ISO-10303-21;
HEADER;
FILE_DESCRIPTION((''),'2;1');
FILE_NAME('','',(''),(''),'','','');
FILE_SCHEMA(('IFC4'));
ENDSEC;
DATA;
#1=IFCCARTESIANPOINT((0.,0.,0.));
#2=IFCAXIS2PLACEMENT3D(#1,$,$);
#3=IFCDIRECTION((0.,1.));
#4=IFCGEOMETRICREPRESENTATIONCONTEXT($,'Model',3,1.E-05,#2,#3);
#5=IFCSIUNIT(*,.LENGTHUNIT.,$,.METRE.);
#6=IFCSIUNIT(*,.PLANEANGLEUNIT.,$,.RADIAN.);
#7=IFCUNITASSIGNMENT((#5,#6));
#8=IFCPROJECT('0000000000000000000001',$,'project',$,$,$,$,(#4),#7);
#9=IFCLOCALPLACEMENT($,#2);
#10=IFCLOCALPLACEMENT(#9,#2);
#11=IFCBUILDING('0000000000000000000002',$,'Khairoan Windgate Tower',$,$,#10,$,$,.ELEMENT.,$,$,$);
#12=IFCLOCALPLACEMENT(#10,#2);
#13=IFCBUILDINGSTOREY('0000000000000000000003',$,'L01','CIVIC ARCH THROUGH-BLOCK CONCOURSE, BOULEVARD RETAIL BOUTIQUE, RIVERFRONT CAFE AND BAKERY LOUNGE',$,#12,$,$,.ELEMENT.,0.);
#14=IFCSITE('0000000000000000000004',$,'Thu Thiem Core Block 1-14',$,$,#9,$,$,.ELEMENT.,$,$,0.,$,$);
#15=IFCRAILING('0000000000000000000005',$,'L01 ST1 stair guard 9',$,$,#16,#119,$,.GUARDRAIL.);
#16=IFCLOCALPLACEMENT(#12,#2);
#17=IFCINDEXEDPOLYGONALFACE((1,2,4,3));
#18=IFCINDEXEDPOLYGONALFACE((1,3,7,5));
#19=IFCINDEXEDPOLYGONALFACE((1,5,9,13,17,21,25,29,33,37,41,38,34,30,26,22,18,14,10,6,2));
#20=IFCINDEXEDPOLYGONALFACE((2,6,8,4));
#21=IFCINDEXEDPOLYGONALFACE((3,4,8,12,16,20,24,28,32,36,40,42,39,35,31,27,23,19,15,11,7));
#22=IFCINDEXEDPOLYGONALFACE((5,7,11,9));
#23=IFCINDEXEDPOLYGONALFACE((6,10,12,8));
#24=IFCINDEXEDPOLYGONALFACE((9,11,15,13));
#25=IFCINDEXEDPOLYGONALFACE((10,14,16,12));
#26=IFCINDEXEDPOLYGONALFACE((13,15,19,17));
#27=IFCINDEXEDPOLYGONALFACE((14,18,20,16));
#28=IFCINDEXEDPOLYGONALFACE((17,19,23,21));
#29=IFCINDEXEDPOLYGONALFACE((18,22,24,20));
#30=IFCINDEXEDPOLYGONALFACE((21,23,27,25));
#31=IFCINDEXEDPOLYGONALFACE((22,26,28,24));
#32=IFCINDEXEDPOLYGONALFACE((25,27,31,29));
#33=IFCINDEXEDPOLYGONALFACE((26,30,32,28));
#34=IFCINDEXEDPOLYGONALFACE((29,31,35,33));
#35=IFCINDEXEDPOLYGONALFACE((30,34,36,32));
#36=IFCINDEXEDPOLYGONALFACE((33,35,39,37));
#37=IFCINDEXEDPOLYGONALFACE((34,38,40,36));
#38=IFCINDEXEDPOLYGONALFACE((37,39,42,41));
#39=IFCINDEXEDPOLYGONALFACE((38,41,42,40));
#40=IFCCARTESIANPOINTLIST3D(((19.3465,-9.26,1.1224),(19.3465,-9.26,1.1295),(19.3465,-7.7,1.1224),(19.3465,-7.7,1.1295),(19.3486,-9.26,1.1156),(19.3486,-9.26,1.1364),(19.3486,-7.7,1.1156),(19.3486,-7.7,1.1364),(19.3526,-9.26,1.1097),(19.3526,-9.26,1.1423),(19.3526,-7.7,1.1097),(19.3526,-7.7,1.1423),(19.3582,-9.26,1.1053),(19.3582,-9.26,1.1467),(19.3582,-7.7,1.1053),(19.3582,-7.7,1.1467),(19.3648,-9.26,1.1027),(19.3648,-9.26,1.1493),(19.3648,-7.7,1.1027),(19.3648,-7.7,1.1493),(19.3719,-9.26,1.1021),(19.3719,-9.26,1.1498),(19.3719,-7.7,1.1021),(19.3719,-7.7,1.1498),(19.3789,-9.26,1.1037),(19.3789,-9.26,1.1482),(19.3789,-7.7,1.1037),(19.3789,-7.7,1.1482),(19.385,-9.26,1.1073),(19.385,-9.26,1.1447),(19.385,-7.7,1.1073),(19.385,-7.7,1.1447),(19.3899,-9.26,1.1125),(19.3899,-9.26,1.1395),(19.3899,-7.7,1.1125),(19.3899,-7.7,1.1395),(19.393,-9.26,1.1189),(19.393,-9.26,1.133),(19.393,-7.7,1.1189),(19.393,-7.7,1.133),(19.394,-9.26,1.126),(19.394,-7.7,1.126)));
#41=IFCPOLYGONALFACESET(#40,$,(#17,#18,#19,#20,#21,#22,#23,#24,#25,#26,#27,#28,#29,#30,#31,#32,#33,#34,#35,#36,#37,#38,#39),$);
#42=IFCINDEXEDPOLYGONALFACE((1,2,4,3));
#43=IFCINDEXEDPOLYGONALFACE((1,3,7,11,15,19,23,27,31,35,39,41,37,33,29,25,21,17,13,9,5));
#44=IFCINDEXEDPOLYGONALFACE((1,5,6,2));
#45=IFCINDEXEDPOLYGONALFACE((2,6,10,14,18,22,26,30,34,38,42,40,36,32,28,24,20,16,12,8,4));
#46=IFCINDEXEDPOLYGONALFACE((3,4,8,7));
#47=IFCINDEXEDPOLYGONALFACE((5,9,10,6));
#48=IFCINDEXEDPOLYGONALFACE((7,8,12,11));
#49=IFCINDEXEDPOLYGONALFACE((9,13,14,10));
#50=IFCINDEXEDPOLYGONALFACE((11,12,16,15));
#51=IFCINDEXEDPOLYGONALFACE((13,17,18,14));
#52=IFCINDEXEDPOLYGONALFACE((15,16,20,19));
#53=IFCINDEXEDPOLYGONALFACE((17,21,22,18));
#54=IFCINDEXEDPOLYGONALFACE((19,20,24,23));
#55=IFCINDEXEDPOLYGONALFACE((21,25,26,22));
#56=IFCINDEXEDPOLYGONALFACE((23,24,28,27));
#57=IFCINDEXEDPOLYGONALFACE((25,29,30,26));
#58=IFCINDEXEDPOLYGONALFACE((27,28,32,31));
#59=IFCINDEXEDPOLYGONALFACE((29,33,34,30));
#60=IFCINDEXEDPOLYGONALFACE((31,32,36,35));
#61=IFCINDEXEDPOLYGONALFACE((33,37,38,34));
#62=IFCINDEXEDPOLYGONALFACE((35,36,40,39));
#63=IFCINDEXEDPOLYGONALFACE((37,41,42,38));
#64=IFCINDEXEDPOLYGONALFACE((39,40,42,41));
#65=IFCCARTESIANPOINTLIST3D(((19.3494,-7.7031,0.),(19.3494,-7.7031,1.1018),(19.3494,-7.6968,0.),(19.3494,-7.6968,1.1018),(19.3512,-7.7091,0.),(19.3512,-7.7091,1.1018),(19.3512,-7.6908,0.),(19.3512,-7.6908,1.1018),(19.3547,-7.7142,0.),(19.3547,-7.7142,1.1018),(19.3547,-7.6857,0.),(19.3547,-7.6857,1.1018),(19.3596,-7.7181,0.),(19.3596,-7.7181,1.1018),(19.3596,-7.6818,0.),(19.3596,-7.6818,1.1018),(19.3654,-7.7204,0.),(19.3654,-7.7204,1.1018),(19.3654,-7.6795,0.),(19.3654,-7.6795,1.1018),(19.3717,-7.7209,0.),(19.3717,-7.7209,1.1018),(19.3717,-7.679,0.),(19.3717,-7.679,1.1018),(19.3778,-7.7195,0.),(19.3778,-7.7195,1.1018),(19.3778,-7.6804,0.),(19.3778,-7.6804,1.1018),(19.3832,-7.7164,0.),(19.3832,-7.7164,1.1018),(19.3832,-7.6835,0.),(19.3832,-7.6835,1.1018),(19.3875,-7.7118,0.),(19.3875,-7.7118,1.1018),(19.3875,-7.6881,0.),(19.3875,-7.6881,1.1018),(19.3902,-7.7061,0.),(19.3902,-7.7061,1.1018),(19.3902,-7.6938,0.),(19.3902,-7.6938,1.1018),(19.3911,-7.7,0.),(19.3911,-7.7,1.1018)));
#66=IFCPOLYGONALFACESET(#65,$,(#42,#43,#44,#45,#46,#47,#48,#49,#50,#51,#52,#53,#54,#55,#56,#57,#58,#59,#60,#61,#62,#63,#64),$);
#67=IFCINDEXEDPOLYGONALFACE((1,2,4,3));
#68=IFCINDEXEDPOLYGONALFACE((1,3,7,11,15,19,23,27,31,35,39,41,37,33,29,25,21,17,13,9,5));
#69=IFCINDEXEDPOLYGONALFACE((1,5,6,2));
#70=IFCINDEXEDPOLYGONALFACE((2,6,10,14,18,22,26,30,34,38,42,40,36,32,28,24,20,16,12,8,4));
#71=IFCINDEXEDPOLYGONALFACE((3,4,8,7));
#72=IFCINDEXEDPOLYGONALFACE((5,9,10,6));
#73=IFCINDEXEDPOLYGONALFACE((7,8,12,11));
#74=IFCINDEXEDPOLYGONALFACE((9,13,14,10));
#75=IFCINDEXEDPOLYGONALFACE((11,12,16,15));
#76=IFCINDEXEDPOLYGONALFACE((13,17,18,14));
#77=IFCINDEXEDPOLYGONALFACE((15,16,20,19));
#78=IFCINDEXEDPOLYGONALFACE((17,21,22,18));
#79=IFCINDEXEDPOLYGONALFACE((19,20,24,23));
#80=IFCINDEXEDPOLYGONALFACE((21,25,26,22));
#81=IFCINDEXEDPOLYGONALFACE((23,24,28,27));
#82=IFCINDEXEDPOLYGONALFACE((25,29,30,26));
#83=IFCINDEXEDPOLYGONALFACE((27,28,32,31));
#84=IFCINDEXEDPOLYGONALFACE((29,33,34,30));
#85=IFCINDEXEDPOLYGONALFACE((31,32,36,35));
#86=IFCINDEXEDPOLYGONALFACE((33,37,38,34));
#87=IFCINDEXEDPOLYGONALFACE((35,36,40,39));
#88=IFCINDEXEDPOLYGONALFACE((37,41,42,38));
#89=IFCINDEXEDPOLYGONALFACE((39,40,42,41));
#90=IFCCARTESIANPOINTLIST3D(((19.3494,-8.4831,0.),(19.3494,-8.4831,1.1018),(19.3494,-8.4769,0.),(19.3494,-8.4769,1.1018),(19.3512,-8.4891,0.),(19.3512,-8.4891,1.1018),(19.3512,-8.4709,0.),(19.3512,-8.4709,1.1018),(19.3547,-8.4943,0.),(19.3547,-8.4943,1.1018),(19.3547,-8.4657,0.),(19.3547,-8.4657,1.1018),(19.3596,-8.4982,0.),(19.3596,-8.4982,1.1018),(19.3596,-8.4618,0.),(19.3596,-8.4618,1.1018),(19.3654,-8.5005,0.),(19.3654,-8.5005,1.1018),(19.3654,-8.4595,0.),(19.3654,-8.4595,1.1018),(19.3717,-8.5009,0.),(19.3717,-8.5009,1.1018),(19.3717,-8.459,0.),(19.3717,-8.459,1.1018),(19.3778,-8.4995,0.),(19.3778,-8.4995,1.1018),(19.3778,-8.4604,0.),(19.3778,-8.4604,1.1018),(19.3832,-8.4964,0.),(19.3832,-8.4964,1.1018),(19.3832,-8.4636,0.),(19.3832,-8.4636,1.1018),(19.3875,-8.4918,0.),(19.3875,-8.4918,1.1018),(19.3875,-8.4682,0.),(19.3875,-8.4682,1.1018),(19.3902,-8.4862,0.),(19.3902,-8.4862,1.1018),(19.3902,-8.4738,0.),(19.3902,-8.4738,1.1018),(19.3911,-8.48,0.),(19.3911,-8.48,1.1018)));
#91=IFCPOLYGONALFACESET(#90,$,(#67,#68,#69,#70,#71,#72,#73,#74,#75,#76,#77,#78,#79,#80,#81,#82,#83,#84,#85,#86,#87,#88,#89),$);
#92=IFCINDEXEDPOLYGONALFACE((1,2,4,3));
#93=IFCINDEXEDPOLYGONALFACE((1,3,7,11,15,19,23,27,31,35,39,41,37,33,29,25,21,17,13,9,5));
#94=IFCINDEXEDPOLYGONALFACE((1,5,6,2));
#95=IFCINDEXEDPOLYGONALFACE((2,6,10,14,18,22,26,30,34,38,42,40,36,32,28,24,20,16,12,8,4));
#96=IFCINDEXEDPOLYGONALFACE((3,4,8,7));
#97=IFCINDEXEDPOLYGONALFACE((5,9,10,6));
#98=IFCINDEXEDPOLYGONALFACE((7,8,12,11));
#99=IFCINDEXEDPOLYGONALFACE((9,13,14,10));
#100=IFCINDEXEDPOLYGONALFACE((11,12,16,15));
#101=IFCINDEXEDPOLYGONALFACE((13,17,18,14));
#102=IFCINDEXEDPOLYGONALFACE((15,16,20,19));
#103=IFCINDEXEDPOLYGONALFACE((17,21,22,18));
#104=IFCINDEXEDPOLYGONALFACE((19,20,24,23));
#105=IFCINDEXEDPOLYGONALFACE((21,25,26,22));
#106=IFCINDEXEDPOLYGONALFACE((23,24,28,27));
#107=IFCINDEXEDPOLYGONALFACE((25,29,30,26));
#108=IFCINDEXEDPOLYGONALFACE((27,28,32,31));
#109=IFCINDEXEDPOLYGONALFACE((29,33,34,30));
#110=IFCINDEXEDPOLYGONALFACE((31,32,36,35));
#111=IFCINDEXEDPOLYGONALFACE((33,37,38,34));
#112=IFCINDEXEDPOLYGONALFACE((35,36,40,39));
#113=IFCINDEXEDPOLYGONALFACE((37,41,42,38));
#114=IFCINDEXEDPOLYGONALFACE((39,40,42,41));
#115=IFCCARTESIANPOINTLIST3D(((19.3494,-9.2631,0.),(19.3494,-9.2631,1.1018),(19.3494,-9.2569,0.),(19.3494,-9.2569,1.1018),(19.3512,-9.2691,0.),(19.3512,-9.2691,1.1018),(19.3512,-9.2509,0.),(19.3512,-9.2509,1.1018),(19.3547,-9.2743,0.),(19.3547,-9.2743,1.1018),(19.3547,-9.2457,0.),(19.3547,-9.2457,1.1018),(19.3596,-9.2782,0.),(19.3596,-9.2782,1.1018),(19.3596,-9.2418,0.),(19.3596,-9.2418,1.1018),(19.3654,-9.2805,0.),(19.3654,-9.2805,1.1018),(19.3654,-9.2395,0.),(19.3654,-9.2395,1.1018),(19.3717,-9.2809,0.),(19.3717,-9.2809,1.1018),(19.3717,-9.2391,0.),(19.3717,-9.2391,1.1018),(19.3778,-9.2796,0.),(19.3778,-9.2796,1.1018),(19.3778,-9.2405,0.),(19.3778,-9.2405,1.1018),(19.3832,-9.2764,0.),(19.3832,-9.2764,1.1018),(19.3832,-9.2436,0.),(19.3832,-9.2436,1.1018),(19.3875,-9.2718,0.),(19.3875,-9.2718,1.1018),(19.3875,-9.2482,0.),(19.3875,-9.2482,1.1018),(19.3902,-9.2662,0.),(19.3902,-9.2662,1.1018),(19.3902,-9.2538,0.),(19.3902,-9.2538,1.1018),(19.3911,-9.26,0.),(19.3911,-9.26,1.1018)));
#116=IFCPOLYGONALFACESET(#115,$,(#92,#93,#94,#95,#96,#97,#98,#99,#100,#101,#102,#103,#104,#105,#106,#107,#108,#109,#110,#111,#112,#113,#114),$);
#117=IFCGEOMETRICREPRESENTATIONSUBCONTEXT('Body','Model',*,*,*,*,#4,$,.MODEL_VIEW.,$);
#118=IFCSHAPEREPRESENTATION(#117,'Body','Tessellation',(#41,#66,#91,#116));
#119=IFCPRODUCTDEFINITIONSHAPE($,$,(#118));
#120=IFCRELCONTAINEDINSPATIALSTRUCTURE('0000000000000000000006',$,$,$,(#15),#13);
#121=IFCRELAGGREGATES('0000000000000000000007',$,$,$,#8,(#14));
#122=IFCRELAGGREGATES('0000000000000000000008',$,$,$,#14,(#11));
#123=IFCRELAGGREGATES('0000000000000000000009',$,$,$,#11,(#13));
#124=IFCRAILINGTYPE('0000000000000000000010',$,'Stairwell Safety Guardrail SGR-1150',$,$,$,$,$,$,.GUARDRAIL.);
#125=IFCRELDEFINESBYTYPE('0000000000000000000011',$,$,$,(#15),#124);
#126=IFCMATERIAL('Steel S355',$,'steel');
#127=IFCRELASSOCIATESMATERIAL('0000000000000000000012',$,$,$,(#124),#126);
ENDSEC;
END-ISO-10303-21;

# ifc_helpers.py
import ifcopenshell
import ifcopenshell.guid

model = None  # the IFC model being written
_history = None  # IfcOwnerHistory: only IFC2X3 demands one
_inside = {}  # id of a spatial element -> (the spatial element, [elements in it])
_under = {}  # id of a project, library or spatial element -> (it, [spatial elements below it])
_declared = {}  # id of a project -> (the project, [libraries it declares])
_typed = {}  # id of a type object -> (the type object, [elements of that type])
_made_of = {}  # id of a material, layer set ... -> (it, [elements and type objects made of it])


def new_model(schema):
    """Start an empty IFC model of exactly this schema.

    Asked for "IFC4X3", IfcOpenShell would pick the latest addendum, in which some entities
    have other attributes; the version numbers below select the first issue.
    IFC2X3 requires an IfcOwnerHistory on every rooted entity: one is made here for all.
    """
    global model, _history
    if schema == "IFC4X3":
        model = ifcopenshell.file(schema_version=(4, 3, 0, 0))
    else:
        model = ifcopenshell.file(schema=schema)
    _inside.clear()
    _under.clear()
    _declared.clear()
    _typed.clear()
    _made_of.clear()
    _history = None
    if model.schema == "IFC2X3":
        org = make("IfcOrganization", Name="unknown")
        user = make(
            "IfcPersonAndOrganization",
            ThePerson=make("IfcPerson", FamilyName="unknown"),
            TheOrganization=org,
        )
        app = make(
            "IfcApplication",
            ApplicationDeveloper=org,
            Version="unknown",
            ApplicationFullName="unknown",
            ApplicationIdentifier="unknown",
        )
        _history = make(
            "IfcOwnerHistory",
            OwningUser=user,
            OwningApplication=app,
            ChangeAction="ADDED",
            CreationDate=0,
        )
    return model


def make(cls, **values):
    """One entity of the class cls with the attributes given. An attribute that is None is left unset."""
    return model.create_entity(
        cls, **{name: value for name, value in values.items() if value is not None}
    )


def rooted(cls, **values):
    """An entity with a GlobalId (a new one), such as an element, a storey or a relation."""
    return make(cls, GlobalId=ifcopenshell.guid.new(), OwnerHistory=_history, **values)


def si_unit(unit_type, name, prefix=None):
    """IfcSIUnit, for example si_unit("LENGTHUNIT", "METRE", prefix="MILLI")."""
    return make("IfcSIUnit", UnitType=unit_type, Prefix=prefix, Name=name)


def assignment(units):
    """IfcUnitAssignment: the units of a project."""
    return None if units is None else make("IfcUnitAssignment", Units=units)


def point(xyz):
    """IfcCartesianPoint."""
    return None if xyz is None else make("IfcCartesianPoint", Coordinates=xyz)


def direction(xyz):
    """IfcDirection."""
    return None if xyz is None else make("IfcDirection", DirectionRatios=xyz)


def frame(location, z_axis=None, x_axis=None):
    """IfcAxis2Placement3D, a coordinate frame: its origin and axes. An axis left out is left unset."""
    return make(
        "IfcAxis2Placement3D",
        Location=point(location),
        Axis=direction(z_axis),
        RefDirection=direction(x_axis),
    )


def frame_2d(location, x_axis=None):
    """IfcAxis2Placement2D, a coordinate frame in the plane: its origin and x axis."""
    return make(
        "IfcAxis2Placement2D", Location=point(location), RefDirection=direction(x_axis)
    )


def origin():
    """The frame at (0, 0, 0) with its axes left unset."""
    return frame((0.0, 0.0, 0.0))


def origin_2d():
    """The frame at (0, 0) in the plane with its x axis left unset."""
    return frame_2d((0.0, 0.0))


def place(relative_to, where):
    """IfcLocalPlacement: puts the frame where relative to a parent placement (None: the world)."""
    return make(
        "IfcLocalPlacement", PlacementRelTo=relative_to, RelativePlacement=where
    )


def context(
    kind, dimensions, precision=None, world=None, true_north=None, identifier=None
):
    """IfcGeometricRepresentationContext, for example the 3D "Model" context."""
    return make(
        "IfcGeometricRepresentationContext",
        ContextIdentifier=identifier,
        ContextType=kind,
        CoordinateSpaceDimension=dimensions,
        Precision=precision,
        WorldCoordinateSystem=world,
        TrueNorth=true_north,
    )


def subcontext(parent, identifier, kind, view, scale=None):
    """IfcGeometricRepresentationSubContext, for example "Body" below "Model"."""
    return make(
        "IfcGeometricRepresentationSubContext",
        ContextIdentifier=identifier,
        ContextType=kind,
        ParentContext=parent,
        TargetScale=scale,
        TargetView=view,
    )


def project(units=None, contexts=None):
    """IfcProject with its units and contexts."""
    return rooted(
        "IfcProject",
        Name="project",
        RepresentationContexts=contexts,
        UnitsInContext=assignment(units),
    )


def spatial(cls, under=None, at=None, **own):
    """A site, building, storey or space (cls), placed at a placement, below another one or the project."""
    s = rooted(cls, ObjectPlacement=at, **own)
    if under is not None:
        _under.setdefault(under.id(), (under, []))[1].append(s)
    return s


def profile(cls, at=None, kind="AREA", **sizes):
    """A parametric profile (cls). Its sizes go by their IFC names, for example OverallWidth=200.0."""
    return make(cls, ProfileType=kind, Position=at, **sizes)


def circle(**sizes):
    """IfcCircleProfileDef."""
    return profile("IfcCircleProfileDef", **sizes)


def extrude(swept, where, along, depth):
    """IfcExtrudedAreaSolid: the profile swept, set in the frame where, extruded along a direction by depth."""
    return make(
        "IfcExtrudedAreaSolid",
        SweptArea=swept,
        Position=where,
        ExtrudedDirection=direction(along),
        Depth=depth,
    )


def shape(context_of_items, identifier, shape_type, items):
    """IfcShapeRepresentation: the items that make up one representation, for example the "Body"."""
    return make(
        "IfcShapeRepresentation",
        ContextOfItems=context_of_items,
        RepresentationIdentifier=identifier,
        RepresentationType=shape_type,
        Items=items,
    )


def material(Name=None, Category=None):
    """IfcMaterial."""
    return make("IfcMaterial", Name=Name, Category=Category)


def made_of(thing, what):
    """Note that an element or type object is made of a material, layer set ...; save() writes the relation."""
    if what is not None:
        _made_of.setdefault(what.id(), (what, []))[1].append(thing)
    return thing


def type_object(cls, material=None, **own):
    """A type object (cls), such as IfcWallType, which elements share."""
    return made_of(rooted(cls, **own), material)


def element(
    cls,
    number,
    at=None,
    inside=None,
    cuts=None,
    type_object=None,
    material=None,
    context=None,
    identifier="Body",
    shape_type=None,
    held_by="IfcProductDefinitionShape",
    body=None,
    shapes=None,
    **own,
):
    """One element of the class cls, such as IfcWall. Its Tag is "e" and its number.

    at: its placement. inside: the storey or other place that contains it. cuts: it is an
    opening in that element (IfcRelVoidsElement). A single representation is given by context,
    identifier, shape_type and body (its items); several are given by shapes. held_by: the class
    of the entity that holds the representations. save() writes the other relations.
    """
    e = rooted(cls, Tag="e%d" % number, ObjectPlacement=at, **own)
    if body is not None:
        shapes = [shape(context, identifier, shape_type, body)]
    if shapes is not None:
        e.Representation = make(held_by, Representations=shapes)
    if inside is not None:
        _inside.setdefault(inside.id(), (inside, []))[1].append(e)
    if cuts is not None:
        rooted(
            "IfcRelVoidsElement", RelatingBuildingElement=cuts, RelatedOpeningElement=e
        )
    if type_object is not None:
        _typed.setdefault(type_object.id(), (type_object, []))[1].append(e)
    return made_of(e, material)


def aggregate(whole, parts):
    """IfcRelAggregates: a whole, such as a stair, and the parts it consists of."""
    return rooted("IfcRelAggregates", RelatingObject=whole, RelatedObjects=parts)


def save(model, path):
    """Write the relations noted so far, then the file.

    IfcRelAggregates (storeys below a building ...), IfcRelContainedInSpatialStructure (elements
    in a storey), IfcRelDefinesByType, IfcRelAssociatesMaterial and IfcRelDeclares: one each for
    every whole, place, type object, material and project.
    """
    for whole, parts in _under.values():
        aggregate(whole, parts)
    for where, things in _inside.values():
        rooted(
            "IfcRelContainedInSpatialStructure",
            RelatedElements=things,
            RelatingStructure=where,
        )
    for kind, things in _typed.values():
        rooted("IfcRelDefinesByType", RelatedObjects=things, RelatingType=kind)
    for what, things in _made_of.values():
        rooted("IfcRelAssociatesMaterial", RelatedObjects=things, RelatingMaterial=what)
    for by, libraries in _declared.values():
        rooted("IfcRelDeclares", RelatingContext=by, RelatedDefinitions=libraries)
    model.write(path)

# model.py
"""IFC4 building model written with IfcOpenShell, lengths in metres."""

from ifc_helpers import new_model, si_unit, direction, frame, origin, origin_2d, place, context, subcontext, project, spatial, circle, extrude, material, type_object, element, save


model = new_model("IFC4")

# Units and contexts
model_context = context("Model", 3, precision=1e-05, world=origin(), true_north=direction((0.0, 1.0)))
body_context = subcontext(model_context, "Body", "Model", "MODEL_VIEW")
ifc_project = project(units=[si_unit("LENGTHUNIT", "METRE"), si_unit("PLANEANGLEUNIT", "RADIAN")], contexts=[model_context])

# Site, building, storey
site_placement = place(None, origin())
site = spatial("IfcSite", under=ifc_project, at=site_placement, Name="Thu Thiem Core Block 1-14", CompositionType="ELEMENT", RefElevation=0.0)
building_placement = place(site_placement, origin())
building = spatial("IfcBuilding", under=site, at=building_placement, Name="Khairoan Windgate Tower", CompositionType="ELEMENT")
storey_placement = place(building_placement, origin())
storey = spatial("IfcBuildingStorey", under=building, at=storey_placement, Name="L01", Description="CIVIC ARCH THROUGH-BLOCK CONCOURSE, BOULEVARD RETAIL BOUTIQUE, RIVERFRONT CAFE AND BAKERY LOUNGE", CompositionType="ELEMENT", Elevation=0.0)

# Railing
ifc_material_1 = material(Name="Steel S355", Category="steel")
railing_type_1 = type_object("IfcRailingType", Name="Stairwell Safety Guardrail SGR-1150", PredefinedType="GUARDRAIL", material=ifc_material_1)
for number, where, name in (
    (1, (19.3701, -7.7, 0.0), "L01 ST1 stair guard 9"),
):
    element("IfcRailing", number, at=place(storey_placement, frame(where)), inside=storey, type_object=railing_type_1, Name=name, PredefinedType="GUARDRAIL", context=body_context, shape_type="SweptSolid", body=[
        extrude(circle(Radius=0.0239, at=origin_2d()), frame((0.0, 0.0, 1.126), z_axis=(0.0, -1.0, 0.0), x_axis=(1.0, 0.0, 0.0)), (0.0, 0.0, 1.0), 1.5601),
        extrude(circle(Radius=0.021, at=origin_2d()), origin(), (0.0, 0.0, 1.0), 1.1018),
        extrude(circle(Radius=0.021, at=origin_2d()), frame((0.0, -0.78, 0.0)), (0.0, 0.0, 1.0), 1.1018),
        extrude(circle(Radius=0.021, at=origin_2d()), frame((0.0, -1.5601, 0.0)), (0.0, 0.0, 1.0), 1.1018),
    ])

save(model, "model.ifc")
